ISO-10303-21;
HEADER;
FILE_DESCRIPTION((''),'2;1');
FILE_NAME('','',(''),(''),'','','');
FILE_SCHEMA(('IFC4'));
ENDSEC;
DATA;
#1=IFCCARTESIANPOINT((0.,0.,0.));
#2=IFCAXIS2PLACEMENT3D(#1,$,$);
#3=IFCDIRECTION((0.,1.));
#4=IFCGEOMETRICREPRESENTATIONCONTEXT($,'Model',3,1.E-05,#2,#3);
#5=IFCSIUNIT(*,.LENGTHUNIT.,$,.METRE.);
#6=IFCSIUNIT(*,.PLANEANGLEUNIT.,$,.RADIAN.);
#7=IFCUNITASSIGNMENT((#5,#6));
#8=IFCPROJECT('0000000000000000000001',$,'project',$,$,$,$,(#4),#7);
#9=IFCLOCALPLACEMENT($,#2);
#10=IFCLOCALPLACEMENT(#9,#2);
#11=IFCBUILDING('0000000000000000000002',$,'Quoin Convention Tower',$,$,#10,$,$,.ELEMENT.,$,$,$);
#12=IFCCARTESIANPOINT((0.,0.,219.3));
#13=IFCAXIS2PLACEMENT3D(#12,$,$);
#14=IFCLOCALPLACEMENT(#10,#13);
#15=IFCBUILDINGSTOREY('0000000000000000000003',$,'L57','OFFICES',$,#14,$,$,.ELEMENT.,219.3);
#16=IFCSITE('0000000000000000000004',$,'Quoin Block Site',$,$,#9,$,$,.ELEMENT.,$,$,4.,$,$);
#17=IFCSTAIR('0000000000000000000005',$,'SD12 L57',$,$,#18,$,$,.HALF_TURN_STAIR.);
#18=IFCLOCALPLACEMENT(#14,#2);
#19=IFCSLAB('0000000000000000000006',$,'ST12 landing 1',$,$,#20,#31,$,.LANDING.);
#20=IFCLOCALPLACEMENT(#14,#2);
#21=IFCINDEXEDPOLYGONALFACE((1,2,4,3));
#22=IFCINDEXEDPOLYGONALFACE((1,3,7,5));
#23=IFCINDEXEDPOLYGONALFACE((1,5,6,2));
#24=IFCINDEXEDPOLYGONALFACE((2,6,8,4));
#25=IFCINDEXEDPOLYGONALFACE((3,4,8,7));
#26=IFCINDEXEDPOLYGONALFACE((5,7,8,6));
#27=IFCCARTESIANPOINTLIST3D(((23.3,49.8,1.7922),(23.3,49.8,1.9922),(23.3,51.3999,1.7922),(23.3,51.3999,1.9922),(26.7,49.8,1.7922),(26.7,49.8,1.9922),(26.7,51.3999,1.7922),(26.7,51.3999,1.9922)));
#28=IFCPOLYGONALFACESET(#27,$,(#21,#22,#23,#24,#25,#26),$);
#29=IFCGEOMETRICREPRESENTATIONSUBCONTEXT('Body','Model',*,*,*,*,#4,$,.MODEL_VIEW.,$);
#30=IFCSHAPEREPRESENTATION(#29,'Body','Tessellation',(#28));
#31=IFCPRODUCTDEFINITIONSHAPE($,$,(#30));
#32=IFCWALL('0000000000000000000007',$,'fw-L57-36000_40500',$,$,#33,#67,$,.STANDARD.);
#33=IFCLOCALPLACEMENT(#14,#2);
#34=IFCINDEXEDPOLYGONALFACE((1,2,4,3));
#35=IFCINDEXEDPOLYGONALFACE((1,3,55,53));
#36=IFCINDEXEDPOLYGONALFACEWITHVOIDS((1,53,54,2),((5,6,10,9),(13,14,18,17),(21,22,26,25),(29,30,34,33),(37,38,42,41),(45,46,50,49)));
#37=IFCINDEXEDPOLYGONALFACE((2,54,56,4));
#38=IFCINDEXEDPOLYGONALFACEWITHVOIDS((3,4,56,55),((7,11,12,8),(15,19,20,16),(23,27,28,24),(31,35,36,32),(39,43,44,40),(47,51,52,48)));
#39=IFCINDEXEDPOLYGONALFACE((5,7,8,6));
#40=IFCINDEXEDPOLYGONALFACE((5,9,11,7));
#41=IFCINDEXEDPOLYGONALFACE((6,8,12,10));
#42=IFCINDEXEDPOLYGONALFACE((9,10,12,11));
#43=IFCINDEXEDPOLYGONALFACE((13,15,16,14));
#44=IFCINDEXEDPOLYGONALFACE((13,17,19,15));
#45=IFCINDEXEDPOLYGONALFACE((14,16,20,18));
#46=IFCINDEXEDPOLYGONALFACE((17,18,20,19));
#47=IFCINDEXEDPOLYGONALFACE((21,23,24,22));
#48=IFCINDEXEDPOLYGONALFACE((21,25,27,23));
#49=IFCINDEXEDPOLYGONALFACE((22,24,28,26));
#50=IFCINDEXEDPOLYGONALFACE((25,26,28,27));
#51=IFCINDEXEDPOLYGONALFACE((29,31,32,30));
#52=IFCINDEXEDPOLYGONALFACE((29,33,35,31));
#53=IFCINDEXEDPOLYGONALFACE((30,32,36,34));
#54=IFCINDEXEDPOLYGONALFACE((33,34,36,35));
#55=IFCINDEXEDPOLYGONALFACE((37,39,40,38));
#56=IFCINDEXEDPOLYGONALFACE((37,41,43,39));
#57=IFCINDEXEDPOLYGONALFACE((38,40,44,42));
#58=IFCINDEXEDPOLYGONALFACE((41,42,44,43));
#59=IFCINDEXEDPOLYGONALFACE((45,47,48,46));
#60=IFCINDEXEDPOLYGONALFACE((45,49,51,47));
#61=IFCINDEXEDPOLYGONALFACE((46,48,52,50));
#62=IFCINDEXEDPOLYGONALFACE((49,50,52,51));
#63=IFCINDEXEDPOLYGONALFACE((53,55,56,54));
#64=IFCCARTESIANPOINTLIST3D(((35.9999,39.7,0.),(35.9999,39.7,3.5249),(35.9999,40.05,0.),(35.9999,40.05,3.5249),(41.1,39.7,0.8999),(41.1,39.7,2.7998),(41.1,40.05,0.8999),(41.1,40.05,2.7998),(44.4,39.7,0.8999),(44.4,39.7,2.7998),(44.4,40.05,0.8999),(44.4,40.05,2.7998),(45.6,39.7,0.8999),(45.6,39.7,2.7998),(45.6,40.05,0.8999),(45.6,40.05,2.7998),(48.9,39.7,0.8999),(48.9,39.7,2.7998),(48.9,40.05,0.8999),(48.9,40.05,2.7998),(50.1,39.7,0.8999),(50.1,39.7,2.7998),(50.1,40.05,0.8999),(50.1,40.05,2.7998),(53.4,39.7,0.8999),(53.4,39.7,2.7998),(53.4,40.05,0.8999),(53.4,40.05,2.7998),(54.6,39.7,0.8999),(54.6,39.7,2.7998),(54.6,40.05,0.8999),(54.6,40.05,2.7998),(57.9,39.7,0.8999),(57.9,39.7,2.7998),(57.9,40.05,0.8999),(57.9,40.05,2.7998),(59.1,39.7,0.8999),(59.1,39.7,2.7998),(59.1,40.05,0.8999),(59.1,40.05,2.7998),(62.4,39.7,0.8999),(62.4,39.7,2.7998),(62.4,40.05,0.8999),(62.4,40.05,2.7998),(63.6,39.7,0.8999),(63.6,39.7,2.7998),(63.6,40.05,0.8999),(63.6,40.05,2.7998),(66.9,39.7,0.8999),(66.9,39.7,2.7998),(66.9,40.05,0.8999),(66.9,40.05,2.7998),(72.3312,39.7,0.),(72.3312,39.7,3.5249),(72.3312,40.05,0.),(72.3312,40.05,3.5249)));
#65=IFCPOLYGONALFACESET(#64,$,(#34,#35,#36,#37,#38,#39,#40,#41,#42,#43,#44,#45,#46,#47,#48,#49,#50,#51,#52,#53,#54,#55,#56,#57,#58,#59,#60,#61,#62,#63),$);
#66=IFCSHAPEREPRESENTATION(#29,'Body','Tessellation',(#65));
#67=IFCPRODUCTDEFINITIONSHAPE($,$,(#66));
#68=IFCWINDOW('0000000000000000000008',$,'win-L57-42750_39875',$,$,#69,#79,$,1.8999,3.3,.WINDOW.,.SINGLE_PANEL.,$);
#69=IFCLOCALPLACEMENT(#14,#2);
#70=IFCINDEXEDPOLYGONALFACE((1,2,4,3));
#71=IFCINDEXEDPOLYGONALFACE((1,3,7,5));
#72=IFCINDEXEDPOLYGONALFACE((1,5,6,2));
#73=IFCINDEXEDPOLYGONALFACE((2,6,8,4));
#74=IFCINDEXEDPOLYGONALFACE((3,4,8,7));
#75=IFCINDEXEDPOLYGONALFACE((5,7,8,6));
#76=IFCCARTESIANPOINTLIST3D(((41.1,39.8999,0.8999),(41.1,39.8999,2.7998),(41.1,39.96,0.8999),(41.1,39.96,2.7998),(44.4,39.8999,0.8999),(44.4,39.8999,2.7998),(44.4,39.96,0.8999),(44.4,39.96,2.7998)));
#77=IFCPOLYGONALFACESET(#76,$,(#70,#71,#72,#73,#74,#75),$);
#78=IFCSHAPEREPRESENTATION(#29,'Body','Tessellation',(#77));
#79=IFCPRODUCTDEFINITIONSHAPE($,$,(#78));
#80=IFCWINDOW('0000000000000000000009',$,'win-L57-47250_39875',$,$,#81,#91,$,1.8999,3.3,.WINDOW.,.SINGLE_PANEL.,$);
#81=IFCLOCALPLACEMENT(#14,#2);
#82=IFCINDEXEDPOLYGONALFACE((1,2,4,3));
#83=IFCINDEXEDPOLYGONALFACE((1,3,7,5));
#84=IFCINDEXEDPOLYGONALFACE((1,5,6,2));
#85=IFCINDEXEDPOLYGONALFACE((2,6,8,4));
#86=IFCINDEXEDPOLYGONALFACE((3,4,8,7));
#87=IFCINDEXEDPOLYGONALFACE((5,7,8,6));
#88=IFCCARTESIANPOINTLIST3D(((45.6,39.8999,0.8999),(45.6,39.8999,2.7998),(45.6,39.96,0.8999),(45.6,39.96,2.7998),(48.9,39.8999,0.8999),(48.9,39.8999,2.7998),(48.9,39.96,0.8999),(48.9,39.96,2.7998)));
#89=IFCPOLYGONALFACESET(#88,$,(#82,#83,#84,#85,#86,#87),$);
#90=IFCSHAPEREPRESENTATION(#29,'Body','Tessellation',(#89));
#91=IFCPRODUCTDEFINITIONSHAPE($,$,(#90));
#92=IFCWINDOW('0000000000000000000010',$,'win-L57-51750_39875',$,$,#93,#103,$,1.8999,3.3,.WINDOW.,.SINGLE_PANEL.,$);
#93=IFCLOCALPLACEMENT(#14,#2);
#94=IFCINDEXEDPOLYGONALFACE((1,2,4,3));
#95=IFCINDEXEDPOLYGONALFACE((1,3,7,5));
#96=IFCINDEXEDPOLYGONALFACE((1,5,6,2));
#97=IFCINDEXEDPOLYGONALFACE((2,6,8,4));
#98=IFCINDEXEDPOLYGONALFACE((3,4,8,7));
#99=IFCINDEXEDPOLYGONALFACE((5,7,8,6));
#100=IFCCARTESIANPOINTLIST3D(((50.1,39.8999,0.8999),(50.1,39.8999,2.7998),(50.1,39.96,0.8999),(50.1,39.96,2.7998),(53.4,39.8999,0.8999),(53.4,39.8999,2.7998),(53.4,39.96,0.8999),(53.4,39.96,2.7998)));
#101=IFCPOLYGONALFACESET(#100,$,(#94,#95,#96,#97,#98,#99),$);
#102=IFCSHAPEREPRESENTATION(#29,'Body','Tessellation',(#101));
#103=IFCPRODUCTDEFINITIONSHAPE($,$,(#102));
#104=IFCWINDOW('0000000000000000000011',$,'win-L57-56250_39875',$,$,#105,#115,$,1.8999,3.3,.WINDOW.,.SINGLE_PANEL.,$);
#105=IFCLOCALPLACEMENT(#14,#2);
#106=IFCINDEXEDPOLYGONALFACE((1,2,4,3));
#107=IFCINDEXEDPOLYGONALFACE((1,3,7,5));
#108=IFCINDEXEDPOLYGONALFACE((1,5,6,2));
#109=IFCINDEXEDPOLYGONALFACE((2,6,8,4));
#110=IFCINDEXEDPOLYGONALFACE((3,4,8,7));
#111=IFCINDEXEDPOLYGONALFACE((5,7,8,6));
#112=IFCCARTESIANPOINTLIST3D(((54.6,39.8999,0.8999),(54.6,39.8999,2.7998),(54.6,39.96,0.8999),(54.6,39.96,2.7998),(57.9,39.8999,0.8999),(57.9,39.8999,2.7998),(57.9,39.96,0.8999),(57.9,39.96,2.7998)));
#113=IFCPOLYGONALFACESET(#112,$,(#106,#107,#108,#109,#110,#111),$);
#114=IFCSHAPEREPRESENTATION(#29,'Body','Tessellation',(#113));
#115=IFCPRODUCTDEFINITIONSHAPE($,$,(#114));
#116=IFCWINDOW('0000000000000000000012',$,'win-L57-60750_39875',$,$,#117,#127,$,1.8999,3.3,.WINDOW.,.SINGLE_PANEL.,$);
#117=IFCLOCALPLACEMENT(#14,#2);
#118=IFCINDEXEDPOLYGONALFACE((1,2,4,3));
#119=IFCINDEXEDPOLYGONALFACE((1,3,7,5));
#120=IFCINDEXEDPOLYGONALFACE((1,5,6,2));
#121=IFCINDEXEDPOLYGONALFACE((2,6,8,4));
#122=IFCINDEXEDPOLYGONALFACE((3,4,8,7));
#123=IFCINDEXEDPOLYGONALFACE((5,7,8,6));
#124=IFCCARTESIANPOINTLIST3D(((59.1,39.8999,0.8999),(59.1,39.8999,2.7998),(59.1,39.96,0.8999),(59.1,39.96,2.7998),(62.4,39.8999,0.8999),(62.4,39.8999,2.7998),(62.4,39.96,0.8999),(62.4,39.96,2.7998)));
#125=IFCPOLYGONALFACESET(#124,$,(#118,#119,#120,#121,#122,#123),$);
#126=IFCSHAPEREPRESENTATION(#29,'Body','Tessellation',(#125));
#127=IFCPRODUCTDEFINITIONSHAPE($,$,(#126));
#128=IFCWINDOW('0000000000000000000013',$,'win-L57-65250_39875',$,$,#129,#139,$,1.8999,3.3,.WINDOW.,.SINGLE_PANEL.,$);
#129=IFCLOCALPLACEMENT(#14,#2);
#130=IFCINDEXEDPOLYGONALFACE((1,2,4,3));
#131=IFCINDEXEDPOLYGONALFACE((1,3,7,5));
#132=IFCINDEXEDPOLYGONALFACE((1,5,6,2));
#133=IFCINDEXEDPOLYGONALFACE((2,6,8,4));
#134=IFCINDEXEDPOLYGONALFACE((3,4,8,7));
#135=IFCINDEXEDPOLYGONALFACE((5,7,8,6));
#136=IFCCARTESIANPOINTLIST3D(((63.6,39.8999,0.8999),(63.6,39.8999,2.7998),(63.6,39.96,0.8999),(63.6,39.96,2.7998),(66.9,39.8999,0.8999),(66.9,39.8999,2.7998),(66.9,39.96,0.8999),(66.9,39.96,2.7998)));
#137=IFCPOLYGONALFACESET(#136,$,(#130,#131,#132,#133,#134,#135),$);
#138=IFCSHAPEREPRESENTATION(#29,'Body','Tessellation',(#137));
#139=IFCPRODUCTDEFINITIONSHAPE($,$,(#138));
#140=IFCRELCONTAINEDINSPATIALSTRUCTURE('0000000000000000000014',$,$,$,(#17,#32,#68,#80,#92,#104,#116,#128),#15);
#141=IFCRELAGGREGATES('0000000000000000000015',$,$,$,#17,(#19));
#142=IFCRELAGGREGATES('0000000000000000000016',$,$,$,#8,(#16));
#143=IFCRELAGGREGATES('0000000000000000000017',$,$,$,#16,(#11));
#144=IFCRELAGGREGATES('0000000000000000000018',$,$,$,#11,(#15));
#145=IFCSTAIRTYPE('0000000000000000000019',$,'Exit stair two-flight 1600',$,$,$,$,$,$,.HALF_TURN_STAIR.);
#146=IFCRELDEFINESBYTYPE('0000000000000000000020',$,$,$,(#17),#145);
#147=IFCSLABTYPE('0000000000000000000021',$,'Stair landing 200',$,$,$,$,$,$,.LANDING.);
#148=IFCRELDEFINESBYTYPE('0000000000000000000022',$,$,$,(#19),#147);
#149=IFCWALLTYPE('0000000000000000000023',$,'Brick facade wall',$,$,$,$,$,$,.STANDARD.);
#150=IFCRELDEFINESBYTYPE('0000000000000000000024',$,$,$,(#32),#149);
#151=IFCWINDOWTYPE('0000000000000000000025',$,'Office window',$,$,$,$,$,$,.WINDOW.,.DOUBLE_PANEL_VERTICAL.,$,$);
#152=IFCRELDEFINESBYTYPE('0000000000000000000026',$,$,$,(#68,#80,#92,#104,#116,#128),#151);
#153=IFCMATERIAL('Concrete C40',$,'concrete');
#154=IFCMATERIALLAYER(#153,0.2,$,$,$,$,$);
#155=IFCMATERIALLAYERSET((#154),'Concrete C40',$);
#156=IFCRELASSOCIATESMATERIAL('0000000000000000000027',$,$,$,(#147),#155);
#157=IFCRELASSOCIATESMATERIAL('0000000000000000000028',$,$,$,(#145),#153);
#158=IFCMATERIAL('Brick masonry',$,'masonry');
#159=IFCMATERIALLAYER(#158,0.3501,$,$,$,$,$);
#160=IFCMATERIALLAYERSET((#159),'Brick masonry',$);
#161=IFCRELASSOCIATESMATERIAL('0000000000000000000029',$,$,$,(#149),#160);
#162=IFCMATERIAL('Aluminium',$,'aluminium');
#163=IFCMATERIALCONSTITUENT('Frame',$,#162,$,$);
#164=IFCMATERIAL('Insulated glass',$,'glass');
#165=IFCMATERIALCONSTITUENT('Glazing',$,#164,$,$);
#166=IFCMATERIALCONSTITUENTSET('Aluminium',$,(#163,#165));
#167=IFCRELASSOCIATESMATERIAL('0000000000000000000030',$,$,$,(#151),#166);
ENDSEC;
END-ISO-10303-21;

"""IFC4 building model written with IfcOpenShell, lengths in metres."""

from ifc_helpers import new_model, si_unit, direction, frame, frame_2d, origin, place, context, subcontext, project, spatial, polyline, rectangle, outline, extrude, material, layer, layer_set, constituent, constituent_set, type_object, element, fill, aggregate, save


model = new_model("IFC4")

# Units and contexts
model_context = context("Model", 3, precision=1e-05, world=origin(), true_north=direction((0.0, 1.0)))
body_context = subcontext(model_context, "Body", "Model", "MODEL_VIEW")
ifc_project = project(units=[si_unit("LENGTHUNIT", "METRE"), si_unit("PLANEANGLEUNIT", "RADIAN")], contexts=[model_context])

# Site, building, storey
site_placement = place(None, origin())
site = spatial("IfcSite", under=ifc_project, at=site_placement, Name="Quoin Block Site", CompositionType="ELEMENT", RefElevation=4.0)
building_placement = place(site_placement, origin())
building = spatial("IfcBuilding", under=site, at=building_placement, Name="Quoin Convention Tower", CompositionType="ELEMENT")
storey_placement = place(building_placement, frame((0.0, 0.0, 219.3)))
storey = spatial("IfcBuildingStorey", under=building, at=storey_placement, Name="L57", Description="OFFICES", CompositionType="ELEMENT", Elevation=219.3)

# Shared definitions
ifc_material_1 = material(Name="Concrete C40", Category="concrete")

# Stair, slab
ifc_layer_1 = layer(ifc_material_1, 0.2)
ifc_layer_set_1 = layer_set([ifc_layer_1], Name="Concrete C40")
slab_type_1 = type_object("IfcSlabType", Name="Stair landing 200", PredefinedType="LANDING", material=ifc_layer_set_1)
stair_type_1 = type_object("IfcStairType", Name="Exit stair two-flight 1600", PredefinedType="HALF_TURN_STAIR", material=ifc_material_1)
stair_1_placement = place(storey_placement, origin())
stair_1 = element("IfcStair", 1, at=stair_1_placement, inside=storey, type_object=stair_type_1, Name="SD12 L57", PredefinedType="HALF_TURN_STAIR")
slab_1_placement = place(storey_placement, frame((0.0, 0.0, 1.7922)))
slab_1 = element("IfcSlab", 2, at=slab_1_placement, type_object=slab_type_1, Name="ST12 landing 1", PredefinedType="LANDING", context=body_context, shape_type="SweptSolid", body=[
    extrude(outline(polyline([(26.7, 51.3999), (23.3, 51.3999), (23.3, 49.8), (26.7, 49.8), (26.7, 51.3999)])), origin(), (0.0, 0.0, 1.0), 0.2),
])
aggregate(stair_1, [slab_1])

# Wall, openings, windows
ifc_material_2 = material(Name="Brick masonry", Category="masonry")
ifc_layer_2 = layer(ifc_material_2, 0.3501)
ifc_layer_set_2 = layer_set([ifc_layer_2], Name="Brick masonry")
wall_type = type_object("IfcWallType", Name="Brick facade wall", PredefinedType="STANDARD", material=ifc_layer_set_2)
wall_1_placement = place(storey_placement, frame((36.0, 39.875, 0.0), z_axis=(0.0, 0.0, 1.0), x_axis=(1.0, 0.0, 0.0)))
wall_1 = element("IfcWall", 3, at=wall_1_placement, inside=storey, type_object=wall_type, Name="fw-L57-36000_40500", PredefinedType="STANDARD", context=body_context, shape_type="SweptSolid", body=[
    extrude(rectangle(XDim=36.3313, YDim=0.3501, at=frame_2d((18.1655, 0.0))), origin(), (0.0, 0.0, 1.0), 3.5249),
])
opening_1_placement = place(wall_1_placement, frame((5.1001, 0.0, 0.8999)))
opening_1 = element("IfcOpeningElement", 4, at=opening_1_placement, cuts=wall_1, PredefinedType="OPENING", context=body_context, shape_type="SweptSolid", body=[
    extrude(rectangle(XDim=3.3, YDim=1.8999, at=frame_2d((1.6499, 0.95))), frame((0.0, 0.1851, 0.0), z_axis=(0.0, -1.0, 0.0), x_axis=(1.0, 0.0, 0.0)), (0.0, 0.0, 1.0), 0.3701),
])
opening_2_placement = place(wall_1_placement, frame((9.6001, 0.0, 0.8999)))
opening_2 = element("IfcOpeningElement", 5, at=opening_2_placement, cuts=wall_1, PredefinedType="OPENING", context=body_context, shape_type="SweptSolid", body=[
    extrude(rectangle(XDim=3.3, YDim=1.8999, at=frame_2d((1.6499, 0.95))), frame((0.0, 0.1851, 0.0), z_axis=(0.0, -1.0, 0.0), x_axis=(1.0, 0.0, 0.0)), (0.0, 0.0, 1.0), 0.3701),
])
opening_3_placement = place(wall_1_placement, frame((14.1001, 0.0, 0.8999)))
opening_3 = element("IfcOpeningElement", 6, at=opening_3_placement, cuts=wall_1, PredefinedType="OPENING", context=body_context, shape_type="SweptSolid", body=[
    extrude(rectangle(XDim=3.3, YDim=1.8999, at=frame_2d((1.6499, 0.95))), frame((0.0, 0.1851, 0.0), z_axis=(0.0, -1.0, 0.0), x_axis=(1.0, 0.0, 0.0)), (0.0, 0.0, 1.0), 0.3701),
])
opening_4_placement = place(wall_1_placement, frame((18.6001, 0.0, 0.8999)))
opening_4 = element("IfcOpeningElement", 7, at=opening_4_placement, cuts=wall_1, PredefinedType="OPENING", context=body_context, shape_type="SweptSolid", body=[
    extrude(rectangle(XDim=3.3, YDim=1.8999, at=frame_2d((1.6499, 0.95))), frame((0.0, 0.1851, 0.0), z_axis=(0.0, -1.0, 0.0), x_axis=(1.0, 0.0, 0.0)), (0.0, 0.0, 1.0), 0.3701),
])
opening_5_placement = place(wall_1_placement, frame((23.1001, 0.0, 0.8999)))
opening_5 = element("IfcOpeningElement", 8, at=opening_5_placement, cuts=wall_1, PredefinedType="OPENING", context=body_context, shape_type="SweptSolid", body=[
    extrude(rectangle(XDim=3.3, YDim=1.8999, at=frame_2d((1.6499, 0.95))), frame((0.0, 0.1851, 0.0), z_axis=(0.0, -1.0, 0.0), x_axis=(1.0, 0.0, 0.0)), (0.0, 0.0, 1.0), 0.3701),
])
opening_6_placement = place(wall_1_placement, frame((27.6001, 0.0, 0.8999)))
opening_6 = element("IfcOpeningElement", 9, at=opening_6_placement, cuts=wall_1, PredefinedType="OPENING", context=body_context, shape_type="SweptSolid", body=[
    extrude(rectangle(XDim=3.3, YDim=1.8999, at=frame_2d((1.6499, 0.95))), frame((0.0, 0.1851, 0.0), z_axis=(0.0, -1.0, 0.0), x_axis=(1.0, 0.0, 0.0)), (0.0, 0.0, 1.0), 0.3701),
])
ifc_material_3 = material(Name="Aluminium", Category="aluminium")
ifc_constituent_1 = constituent(ifc_material_3, Name="Frame")
ifc_material_4 = material(Name="Insulated glass", Category="glass")
ifc_constituent_2 = constituent(ifc_material_4, Name="Glazing")
ifc_constituent_set = constituent_set(constituents=[ifc_constituent_1, ifc_constituent_2], Name="Aluminium")
window_type = type_object("IfcWindowType", Name="Office window", PartitioningType="DOUBLE_PANEL_VERTICAL", PredefinedType="WINDOW", material=ifc_constituent_set)
window_1_placement = place(opening_1_placement, origin())
window_1 = element("IfcWindow", 10, at=window_1_placement, inside=storey, type_object=window_type, Name="win-L57-42750_39875", OverallHeight=1.8999, OverallWidth=3.3, PartitioningType="SINGLE_PANEL", PredefinedType="WINDOW", context=body_context, shape_type="SweptSolid", body=[
    extrude(rectangle(XDim=3.3, YDim=1.8999, at=frame_2d((1.6499, 0.95))), frame((0.0, 0.085, 0.0), z_axis=(0.0, -1.0, 0.0), x_axis=(1.0, 0.0, 0.0)), (0.0, 0.0, 1.0), 0.0601),
])
fill(opening_1, window_1)
window_2_placement = place(opening_2_placement, origin())
window_2 = element("IfcWindow", 11, at=window_2_placement, inside=storey, type_object=window_type, Name="win-L57-47250_39875", OverallHeight=1.8999, OverallWidth=3.3, PartitioningType="SINGLE_PANEL", PredefinedType="WINDOW", context=body_context, shape_type="SweptSolid", body=[
    extrude(rectangle(XDim=3.3, YDim=1.8999, at=frame_2d((1.6499, 0.95))), frame((0.0, 0.085, 0.0), z_axis=(0.0, -1.0, 0.0), x_axis=(1.0, 0.0, 0.0)), (0.0, 0.0, 1.0), 0.0601),
])
fill(opening_2, window_2)
window_3_placement = place(opening_3_placement, origin())
window_3 = element("IfcWindow", 12, at=window_3_placement, inside=storey, type_object=window_type, Name="win-L57-51750_39875", OverallHeight=1.8999, OverallWidth=3.3, PartitioningType="SINGLE_PANEL", PredefinedType="WINDOW", context=body_context, shape_type="SweptSolid", body=[
    extrude(rectangle(XDim=3.3, YDim=1.8999, at=frame_2d((1.6499, 0.95))), frame((0.0, 0.085, 0.0), z_axis=(0.0, -1.0, 0.0), x_axis=(1.0, 0.0, 0.0)), (0.0, 0.0, 1.0), 0.0601),
])
fill(opening_3, window_3)
window_4_placement = place(opening_4_placement, origin())
window_4 = element("IfcWindow", 13, at=window_4_placement, inside=storey, type_object=window_type, Name="win-L57-56250_39875", OverallHeight=1.8999, OverallWidth=3.3, PartitioningType="SINGLE_PANEL", PredefinedType="WINDOW", context=body_context, shape_type="SweptSolid", body=[
    extrude(rectangle(XDim=3.3, YDim=1.8999, at=frame_2d((1.6499, 0.95))), frame((0.0, 0.085, 0.0), z_axis=(0.0, -1.0, 0.0), x_axis=(1.0, 0.0, 0.0)), (0.0, 0.0, 1.0), 0.0601),
])
fill(opening_4, window_4)
window_5_placement = place(opening_5_placement, origin())
window_5 = element("IfcWindow", 14, at=window_5_placement, inside=storey, type_object=window_type, Name="win-L57-60750_39875", OverallHeight=1.8999, OverallWidth=3.3, PartitioningType="SINGLE_PANEL", PredefinedType="WINDOW", context=body_context, shape_type="SweptSolid", body=[
    extrude(rectangle(XDim=3.3, YDim=1.8999, at=frame_2d((1.6499, 0.95))), frame((0.0, 0.085, 0.0), z_axis=(0.0, -1.0, 0.0), x_axis=(1.0, 0.0, 0.0)), (0.0, 0.0, 1.0), 0.0601),
])
fill(opening_5, window_5)
window_6_placement = place(opening_6_placement, origin())
window_6 = element("IfcWindow", 15, at=window_6_placement, inside=storey, type_object=window_type, Name="win-L57-65250_39875", OverallHeight=1.8999, OverallWidth=3.3, PartitioningType="SINGLE_PANEL", PredefinedType="WINDOW", context=body_context, shape_type="SweptSolid", body=[
    extrude(rectangle(XDim=3.3, YDim=1.8999, at=frame_2d((1.6499, 0.95))), frame((0.0, 0.085, 0.0), z_axis=(0.0, -1.0, 0.0), x_axis=(1.0, 0.0, 0.0)), (0.0, 0.0, 1.0), 0.0601),
])
fill(opening_6, window_6)

save(model, "model.ifc")
